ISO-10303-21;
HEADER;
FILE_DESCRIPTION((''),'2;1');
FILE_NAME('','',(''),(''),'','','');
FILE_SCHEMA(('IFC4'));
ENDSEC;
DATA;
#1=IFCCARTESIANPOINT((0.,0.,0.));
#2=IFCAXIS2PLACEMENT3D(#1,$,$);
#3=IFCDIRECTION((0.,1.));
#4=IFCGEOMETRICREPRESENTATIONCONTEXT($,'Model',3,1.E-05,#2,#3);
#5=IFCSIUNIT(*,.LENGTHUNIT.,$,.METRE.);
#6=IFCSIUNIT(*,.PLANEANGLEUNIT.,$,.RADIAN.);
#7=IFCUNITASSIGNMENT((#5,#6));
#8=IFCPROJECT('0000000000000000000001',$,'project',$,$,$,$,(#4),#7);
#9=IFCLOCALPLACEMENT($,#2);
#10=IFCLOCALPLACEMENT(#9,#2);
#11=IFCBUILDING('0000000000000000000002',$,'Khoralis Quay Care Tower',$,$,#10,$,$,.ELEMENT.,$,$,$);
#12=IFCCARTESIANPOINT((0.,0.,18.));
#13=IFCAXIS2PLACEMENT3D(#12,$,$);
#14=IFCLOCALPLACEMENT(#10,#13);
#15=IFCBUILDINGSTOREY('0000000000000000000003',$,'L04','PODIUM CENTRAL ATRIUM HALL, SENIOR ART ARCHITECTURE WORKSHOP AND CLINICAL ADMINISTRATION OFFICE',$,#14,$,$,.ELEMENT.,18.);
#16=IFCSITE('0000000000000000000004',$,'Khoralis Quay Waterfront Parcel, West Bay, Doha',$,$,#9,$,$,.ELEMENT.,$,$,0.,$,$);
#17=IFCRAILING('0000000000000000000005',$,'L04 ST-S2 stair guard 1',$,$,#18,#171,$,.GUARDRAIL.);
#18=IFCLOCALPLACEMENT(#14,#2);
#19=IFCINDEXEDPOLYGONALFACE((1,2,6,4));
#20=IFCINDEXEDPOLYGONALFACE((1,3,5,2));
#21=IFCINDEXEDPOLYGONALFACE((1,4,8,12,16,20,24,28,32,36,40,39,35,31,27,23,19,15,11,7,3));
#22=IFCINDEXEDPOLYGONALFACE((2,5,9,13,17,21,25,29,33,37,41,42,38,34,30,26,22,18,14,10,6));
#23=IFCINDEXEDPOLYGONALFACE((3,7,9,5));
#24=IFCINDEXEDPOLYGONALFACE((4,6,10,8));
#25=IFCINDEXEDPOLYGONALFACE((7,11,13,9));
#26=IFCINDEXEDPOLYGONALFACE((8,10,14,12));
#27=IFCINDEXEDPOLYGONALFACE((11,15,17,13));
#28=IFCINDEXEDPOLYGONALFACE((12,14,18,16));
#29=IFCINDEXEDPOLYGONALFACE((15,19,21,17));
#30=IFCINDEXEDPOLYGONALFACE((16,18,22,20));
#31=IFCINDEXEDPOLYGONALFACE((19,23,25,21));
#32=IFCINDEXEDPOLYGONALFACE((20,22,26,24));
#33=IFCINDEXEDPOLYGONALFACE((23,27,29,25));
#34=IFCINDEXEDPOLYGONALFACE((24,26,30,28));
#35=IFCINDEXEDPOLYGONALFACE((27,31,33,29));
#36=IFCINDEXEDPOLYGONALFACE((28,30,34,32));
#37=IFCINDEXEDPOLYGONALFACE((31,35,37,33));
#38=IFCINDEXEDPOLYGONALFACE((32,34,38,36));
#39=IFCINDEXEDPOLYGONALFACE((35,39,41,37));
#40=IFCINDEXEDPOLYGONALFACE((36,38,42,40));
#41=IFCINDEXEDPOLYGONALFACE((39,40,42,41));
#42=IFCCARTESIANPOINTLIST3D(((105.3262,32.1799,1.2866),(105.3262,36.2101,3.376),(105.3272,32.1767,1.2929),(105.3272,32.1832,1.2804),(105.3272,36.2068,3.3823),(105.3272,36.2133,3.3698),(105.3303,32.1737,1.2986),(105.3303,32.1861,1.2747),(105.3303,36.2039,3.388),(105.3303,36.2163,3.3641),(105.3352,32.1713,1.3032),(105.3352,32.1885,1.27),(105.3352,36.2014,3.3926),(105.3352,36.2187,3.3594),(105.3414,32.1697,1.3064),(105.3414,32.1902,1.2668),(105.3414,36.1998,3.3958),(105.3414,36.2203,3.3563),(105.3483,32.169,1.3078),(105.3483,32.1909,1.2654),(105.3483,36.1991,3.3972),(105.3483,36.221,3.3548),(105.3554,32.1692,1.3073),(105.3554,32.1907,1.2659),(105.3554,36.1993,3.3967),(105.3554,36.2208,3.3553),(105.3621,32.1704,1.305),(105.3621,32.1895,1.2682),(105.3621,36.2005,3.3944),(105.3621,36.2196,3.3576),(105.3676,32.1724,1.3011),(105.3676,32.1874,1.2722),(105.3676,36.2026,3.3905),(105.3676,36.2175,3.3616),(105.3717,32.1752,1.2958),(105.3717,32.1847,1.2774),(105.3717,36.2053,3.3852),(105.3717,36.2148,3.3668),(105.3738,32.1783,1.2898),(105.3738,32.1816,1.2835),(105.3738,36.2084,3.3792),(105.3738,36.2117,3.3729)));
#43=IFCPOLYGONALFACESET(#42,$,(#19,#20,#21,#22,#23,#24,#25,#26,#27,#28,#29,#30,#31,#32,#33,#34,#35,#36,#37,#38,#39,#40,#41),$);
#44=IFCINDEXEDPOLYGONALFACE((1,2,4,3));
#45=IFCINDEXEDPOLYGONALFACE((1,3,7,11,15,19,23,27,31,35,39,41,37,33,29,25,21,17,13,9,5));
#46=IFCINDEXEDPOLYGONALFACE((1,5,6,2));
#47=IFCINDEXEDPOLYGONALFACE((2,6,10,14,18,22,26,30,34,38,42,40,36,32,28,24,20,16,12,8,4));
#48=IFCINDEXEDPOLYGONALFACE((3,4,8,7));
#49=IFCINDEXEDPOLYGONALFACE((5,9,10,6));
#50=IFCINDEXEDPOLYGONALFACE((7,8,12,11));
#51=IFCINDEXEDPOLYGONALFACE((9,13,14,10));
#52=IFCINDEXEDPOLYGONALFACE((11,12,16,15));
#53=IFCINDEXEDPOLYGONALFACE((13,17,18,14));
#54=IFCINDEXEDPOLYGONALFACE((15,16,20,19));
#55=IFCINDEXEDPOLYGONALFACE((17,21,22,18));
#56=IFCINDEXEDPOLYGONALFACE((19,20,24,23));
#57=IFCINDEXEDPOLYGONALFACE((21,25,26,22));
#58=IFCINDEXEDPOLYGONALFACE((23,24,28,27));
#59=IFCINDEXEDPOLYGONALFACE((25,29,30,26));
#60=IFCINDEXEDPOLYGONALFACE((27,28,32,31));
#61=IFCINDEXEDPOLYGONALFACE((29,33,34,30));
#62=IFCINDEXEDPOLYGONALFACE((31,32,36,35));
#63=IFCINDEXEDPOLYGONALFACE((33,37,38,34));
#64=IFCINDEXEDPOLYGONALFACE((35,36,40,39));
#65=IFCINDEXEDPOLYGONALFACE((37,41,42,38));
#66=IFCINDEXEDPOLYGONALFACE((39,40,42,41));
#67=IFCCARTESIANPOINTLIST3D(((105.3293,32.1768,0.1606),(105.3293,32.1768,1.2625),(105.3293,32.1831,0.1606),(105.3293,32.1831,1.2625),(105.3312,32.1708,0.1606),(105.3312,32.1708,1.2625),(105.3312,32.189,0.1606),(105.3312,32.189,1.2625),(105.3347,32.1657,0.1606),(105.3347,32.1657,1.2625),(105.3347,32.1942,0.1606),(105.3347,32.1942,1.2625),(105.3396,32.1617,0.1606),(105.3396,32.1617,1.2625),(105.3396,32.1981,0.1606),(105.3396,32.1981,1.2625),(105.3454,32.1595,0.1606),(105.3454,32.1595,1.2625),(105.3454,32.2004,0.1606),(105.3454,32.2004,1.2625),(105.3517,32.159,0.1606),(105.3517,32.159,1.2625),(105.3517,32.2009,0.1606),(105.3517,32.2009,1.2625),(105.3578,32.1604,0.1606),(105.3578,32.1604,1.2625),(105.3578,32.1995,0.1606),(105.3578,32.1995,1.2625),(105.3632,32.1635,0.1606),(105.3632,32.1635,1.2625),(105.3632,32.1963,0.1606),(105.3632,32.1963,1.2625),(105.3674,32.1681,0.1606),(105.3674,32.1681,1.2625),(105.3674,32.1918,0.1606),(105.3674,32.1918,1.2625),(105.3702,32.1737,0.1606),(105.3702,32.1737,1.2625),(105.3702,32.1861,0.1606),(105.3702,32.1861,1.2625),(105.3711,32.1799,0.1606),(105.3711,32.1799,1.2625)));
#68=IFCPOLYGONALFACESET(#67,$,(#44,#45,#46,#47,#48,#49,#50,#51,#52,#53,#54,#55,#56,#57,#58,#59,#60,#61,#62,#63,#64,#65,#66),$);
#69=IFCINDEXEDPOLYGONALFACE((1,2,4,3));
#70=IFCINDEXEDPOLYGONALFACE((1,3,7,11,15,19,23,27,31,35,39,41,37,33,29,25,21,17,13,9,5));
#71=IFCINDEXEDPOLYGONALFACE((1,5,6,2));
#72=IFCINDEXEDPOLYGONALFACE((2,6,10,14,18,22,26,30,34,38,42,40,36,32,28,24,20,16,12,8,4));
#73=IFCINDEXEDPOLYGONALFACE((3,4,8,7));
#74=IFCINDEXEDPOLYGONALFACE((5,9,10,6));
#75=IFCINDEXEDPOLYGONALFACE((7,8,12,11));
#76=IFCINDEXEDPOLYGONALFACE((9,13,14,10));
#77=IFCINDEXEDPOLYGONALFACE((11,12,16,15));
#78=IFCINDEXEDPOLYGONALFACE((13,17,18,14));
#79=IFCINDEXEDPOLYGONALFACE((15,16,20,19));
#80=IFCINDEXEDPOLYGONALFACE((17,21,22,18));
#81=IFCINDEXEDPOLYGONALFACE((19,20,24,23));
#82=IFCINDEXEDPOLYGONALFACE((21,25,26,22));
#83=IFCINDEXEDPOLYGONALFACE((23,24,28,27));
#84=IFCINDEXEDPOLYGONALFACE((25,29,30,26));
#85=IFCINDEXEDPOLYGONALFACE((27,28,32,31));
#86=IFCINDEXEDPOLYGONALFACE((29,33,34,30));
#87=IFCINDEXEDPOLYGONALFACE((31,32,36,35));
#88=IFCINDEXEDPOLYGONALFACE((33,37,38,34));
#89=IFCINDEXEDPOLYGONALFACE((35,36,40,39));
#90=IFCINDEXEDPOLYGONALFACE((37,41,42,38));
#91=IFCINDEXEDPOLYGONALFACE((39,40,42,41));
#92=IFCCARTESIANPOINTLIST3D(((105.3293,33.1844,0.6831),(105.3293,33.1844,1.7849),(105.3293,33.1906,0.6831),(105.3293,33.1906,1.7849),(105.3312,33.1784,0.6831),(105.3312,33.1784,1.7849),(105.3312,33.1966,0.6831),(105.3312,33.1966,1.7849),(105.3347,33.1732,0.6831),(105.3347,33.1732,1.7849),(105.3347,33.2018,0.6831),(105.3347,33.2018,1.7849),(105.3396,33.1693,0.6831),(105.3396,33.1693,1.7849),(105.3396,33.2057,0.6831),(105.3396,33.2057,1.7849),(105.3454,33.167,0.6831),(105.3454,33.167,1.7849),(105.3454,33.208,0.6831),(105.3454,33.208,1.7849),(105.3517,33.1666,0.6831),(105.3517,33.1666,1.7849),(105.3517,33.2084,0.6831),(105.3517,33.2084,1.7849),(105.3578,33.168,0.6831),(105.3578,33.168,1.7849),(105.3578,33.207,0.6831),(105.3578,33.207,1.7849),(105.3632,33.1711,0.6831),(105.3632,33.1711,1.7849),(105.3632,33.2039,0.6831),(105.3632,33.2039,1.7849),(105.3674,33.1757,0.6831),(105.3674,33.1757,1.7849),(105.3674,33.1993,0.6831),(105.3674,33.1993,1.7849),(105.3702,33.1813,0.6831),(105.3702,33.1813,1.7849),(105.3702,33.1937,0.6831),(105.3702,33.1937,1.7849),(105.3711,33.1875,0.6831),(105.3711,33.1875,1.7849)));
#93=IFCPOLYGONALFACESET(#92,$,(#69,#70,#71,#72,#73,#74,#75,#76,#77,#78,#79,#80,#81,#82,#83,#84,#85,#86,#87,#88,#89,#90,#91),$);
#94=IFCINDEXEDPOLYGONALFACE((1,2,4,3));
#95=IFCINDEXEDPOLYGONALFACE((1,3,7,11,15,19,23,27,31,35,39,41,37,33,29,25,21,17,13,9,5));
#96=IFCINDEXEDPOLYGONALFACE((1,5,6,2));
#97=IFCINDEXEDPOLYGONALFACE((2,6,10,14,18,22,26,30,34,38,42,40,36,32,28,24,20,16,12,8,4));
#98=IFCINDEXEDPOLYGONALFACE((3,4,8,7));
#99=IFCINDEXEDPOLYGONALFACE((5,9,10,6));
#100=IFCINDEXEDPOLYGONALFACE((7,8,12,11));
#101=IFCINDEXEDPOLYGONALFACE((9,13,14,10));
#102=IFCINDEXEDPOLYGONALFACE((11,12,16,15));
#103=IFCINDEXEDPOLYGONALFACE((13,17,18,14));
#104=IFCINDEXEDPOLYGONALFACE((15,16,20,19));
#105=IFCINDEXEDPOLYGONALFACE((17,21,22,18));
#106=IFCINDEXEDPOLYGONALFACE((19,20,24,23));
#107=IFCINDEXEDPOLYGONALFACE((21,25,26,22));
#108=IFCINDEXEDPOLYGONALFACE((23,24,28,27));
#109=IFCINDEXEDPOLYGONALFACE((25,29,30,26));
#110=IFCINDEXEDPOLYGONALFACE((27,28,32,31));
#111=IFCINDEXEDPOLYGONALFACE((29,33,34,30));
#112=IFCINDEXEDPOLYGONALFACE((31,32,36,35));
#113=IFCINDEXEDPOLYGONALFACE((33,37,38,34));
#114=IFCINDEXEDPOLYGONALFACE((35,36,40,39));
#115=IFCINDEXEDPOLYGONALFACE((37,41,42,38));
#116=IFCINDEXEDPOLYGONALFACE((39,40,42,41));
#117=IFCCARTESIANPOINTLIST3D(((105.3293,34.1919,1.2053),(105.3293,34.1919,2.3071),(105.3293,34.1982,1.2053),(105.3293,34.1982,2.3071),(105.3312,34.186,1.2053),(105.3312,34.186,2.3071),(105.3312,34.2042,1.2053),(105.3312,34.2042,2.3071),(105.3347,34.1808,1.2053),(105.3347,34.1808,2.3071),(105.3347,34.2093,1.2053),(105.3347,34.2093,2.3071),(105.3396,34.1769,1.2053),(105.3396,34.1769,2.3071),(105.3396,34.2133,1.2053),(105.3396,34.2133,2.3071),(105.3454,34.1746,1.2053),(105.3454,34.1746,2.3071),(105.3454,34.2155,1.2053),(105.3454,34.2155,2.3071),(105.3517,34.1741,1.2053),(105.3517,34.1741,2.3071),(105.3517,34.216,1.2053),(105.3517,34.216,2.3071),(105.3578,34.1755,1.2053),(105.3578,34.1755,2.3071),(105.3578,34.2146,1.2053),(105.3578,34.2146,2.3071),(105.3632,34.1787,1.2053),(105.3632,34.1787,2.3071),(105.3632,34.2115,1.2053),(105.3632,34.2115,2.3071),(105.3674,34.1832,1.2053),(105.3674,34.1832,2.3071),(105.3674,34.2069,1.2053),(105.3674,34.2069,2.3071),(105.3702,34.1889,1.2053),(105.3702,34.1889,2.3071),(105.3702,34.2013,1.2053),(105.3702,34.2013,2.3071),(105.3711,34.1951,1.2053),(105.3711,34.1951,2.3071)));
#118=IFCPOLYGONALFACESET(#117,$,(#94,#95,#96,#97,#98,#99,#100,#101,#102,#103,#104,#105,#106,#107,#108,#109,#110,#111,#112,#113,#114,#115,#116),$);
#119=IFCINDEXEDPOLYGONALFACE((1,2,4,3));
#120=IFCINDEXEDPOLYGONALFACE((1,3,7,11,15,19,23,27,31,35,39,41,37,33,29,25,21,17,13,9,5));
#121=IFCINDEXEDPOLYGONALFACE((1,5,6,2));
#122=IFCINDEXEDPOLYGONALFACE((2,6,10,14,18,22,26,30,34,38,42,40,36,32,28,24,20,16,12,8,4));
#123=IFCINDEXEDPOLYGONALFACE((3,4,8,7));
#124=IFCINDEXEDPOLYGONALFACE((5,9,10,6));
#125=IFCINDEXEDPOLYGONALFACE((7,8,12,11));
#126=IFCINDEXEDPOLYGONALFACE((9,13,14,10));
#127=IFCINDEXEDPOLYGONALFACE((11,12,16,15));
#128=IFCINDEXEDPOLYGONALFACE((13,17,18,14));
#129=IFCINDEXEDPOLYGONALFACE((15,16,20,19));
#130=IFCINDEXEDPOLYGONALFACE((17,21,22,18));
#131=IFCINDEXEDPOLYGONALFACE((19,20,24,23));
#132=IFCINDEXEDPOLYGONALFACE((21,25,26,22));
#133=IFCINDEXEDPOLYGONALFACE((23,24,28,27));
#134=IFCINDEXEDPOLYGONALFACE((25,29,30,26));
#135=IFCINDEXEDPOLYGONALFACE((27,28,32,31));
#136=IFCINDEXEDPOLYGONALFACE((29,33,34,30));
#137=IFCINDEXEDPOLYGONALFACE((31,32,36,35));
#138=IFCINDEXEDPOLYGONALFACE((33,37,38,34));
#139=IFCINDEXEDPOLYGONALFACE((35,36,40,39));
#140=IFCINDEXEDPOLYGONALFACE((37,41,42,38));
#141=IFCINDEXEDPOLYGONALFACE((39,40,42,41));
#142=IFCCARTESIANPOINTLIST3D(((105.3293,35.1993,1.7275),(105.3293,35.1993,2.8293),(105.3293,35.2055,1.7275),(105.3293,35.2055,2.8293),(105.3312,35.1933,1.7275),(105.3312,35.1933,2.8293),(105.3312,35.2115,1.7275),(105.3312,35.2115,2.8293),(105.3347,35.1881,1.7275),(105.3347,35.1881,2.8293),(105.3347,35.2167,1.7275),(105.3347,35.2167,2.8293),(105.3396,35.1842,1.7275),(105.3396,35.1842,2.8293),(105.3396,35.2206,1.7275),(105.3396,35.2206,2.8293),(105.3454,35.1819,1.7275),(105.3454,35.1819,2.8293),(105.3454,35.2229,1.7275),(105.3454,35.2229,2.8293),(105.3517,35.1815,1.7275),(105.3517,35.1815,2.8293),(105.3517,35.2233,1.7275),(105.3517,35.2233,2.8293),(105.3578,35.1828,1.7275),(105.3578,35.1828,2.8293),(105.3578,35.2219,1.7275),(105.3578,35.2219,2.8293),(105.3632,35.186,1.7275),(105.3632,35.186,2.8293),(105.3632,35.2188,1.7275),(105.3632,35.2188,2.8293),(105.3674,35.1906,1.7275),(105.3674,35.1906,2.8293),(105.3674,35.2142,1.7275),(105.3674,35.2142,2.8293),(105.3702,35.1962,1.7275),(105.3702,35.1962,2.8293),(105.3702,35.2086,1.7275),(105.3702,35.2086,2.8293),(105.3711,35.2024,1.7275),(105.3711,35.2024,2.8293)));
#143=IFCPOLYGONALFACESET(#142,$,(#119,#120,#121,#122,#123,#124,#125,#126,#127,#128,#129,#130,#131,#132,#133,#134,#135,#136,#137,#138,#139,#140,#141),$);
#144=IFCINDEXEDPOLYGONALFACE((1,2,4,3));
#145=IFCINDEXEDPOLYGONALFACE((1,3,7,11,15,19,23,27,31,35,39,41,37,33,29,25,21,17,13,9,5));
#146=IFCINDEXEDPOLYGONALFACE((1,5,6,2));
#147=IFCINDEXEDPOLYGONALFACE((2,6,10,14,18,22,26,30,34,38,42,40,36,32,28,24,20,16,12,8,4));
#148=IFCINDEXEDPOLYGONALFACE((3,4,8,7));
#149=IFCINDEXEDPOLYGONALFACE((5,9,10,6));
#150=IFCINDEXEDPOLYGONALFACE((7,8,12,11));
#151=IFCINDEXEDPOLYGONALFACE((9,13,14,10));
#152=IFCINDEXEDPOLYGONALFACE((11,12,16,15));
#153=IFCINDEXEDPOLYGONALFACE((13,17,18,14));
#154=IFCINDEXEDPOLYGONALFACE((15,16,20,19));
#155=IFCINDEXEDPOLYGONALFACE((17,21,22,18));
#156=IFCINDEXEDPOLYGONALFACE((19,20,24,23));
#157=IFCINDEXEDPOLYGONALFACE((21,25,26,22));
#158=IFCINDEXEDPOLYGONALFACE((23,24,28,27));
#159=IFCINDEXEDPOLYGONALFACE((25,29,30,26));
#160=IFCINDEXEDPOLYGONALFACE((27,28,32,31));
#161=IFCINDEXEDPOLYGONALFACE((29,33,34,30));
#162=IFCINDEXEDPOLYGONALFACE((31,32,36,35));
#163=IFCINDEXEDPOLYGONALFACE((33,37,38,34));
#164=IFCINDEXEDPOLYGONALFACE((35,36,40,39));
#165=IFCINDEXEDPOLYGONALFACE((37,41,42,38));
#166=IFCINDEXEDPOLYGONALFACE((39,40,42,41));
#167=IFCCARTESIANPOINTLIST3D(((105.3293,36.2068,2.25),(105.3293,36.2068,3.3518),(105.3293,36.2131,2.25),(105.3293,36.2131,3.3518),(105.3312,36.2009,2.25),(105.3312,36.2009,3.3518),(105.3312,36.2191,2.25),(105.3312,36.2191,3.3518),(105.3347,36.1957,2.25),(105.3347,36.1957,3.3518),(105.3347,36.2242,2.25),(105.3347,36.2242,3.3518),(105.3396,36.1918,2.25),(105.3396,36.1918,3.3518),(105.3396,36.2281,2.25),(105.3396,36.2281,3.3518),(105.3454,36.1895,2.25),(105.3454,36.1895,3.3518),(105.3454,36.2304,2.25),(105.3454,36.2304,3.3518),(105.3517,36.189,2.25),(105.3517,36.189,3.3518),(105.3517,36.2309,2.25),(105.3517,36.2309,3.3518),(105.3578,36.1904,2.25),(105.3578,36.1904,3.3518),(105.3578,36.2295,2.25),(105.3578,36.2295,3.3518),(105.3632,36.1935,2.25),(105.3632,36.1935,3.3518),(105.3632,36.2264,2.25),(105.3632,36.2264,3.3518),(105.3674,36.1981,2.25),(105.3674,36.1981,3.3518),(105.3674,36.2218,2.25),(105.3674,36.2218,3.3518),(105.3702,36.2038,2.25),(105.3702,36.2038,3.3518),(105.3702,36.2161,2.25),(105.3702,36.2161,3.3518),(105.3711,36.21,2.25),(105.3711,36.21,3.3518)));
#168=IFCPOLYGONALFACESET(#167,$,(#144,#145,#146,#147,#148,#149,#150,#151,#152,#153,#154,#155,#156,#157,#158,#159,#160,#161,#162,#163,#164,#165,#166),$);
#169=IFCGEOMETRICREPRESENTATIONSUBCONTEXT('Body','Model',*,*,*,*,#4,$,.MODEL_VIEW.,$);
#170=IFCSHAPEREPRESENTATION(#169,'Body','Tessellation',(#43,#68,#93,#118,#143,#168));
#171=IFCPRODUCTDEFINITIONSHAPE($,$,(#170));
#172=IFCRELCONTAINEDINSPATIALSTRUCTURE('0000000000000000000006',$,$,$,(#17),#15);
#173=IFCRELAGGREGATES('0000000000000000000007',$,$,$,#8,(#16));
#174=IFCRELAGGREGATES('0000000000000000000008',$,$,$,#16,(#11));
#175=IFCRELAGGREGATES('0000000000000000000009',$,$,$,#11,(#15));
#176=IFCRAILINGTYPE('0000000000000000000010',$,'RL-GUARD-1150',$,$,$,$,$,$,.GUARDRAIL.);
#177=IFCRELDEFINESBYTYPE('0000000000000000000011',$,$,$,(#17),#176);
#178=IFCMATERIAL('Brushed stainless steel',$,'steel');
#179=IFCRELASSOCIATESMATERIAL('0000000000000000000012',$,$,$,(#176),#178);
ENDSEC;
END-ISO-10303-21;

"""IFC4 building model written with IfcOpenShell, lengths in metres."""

from ifc_helpers import new_model, si_unit, direction, frame, origin, origin_2d, place, context, subcontext, project, spatial, circle, extrude, material, type_object, element, save


model = new_model("IFC4")

# Units and contexts
model_context = context("Model", 3, precision=1e-05, world=origin(), true_north=direction((0.0, 1.0)))
body_context = subcontext(model_context, "Body", "Model", "MODEL_VIEW")
ifc_project = project(units=[si_unit("LENGTHUNIT", "METRE"), si_unit("PLANEANGLEUNIT", "RADIAN")], contexts=[model_context])

# Site, building, storey
site_placement = place(None, origin())
site = spatial("IfcSite", under=ifc_project, at=site_placement, Name="Khoralis Quay Waterfront Parcel, West Bay, Doha", CompositionType="ELEMENT", RefElevation=0.0)
building_placement = place(site_placement, origin())
building = spatial("IfcBuilding", under=site, at=building_placement, Name="Khoralis Quay Care Tower", CompositionType="ELEMENT")
storey_placement = place(building_placement, frame((0.0, 0.0, 18.0)))
storey = spatial("IfcBuildingStorey", under=building, at=storey_placement, Name="L04", Description="PODIUM CENTRAL ATRIUM HALL, SENIOR ART ARCHITECTURE WORKSHOP AND CLINICAL ADMINISTRATION OFFICE", CompositionType="ELEMENT", Elevation=18.0)

# Railing
ifc_material_1 = material(Name="Brushed stainless steel", Category="steel")
railing_type_1 = type_object("IfcRailingType", Name="RL-GUARD-1150", PredefinedType="GUARDRAIL", material=ifc_material_1)
railing_1_placement = place(storey_placement, frame((105.3501, 32.1799, 0.1606)))
element("IfcRailing", 1, at=railing_1_placement, inside=storey, type_object=railing_type_1, Name="L04 ST-S2 stair guard 1", PredefinedType="GUARDRAIL", context=body_context, shape_type="SweptSolid", body=[
    extrude(circle(Radius=0.0239, at=origin_2d()), frame((0.0, 0.0, 1.126), z_axis=(0.0, 0.887781, 0.460267), x_axis=(-1.0, 0.0, 0.0)), (0.0, 0.0, 1.0), 4.5396),
    extrude(circle(Radius=0.021, at=origin_2d()), origin(), (0.0, 0.0, 1.0), 1.1018),
    extrude(circle(Radius=0.021, at=origin_2d()), frame((0.0, 1.0076, 0.5225)), (0.0, 0.0, 1.0), 1.1018),
    extrude(circle(Radius=0.021, at=origin_2d()), frame((0.0, 2.0151, 1.0447)), (0.0, 0.0, 1.0), 1.1018),
    extrude(circle(Radius=0.021, at=origin_2d()), frame((0.0, 3.0225, 1.5669)), (0.0, 0.0, 1.0), 1.1018),
    extrude(circle(Radius=0.021, at=origin_2d()), frame((0.0, 4.03, 2.0894)), (0.0, 0.0, 1.0), 1.1018),
])

save(model, "model.ifc")
